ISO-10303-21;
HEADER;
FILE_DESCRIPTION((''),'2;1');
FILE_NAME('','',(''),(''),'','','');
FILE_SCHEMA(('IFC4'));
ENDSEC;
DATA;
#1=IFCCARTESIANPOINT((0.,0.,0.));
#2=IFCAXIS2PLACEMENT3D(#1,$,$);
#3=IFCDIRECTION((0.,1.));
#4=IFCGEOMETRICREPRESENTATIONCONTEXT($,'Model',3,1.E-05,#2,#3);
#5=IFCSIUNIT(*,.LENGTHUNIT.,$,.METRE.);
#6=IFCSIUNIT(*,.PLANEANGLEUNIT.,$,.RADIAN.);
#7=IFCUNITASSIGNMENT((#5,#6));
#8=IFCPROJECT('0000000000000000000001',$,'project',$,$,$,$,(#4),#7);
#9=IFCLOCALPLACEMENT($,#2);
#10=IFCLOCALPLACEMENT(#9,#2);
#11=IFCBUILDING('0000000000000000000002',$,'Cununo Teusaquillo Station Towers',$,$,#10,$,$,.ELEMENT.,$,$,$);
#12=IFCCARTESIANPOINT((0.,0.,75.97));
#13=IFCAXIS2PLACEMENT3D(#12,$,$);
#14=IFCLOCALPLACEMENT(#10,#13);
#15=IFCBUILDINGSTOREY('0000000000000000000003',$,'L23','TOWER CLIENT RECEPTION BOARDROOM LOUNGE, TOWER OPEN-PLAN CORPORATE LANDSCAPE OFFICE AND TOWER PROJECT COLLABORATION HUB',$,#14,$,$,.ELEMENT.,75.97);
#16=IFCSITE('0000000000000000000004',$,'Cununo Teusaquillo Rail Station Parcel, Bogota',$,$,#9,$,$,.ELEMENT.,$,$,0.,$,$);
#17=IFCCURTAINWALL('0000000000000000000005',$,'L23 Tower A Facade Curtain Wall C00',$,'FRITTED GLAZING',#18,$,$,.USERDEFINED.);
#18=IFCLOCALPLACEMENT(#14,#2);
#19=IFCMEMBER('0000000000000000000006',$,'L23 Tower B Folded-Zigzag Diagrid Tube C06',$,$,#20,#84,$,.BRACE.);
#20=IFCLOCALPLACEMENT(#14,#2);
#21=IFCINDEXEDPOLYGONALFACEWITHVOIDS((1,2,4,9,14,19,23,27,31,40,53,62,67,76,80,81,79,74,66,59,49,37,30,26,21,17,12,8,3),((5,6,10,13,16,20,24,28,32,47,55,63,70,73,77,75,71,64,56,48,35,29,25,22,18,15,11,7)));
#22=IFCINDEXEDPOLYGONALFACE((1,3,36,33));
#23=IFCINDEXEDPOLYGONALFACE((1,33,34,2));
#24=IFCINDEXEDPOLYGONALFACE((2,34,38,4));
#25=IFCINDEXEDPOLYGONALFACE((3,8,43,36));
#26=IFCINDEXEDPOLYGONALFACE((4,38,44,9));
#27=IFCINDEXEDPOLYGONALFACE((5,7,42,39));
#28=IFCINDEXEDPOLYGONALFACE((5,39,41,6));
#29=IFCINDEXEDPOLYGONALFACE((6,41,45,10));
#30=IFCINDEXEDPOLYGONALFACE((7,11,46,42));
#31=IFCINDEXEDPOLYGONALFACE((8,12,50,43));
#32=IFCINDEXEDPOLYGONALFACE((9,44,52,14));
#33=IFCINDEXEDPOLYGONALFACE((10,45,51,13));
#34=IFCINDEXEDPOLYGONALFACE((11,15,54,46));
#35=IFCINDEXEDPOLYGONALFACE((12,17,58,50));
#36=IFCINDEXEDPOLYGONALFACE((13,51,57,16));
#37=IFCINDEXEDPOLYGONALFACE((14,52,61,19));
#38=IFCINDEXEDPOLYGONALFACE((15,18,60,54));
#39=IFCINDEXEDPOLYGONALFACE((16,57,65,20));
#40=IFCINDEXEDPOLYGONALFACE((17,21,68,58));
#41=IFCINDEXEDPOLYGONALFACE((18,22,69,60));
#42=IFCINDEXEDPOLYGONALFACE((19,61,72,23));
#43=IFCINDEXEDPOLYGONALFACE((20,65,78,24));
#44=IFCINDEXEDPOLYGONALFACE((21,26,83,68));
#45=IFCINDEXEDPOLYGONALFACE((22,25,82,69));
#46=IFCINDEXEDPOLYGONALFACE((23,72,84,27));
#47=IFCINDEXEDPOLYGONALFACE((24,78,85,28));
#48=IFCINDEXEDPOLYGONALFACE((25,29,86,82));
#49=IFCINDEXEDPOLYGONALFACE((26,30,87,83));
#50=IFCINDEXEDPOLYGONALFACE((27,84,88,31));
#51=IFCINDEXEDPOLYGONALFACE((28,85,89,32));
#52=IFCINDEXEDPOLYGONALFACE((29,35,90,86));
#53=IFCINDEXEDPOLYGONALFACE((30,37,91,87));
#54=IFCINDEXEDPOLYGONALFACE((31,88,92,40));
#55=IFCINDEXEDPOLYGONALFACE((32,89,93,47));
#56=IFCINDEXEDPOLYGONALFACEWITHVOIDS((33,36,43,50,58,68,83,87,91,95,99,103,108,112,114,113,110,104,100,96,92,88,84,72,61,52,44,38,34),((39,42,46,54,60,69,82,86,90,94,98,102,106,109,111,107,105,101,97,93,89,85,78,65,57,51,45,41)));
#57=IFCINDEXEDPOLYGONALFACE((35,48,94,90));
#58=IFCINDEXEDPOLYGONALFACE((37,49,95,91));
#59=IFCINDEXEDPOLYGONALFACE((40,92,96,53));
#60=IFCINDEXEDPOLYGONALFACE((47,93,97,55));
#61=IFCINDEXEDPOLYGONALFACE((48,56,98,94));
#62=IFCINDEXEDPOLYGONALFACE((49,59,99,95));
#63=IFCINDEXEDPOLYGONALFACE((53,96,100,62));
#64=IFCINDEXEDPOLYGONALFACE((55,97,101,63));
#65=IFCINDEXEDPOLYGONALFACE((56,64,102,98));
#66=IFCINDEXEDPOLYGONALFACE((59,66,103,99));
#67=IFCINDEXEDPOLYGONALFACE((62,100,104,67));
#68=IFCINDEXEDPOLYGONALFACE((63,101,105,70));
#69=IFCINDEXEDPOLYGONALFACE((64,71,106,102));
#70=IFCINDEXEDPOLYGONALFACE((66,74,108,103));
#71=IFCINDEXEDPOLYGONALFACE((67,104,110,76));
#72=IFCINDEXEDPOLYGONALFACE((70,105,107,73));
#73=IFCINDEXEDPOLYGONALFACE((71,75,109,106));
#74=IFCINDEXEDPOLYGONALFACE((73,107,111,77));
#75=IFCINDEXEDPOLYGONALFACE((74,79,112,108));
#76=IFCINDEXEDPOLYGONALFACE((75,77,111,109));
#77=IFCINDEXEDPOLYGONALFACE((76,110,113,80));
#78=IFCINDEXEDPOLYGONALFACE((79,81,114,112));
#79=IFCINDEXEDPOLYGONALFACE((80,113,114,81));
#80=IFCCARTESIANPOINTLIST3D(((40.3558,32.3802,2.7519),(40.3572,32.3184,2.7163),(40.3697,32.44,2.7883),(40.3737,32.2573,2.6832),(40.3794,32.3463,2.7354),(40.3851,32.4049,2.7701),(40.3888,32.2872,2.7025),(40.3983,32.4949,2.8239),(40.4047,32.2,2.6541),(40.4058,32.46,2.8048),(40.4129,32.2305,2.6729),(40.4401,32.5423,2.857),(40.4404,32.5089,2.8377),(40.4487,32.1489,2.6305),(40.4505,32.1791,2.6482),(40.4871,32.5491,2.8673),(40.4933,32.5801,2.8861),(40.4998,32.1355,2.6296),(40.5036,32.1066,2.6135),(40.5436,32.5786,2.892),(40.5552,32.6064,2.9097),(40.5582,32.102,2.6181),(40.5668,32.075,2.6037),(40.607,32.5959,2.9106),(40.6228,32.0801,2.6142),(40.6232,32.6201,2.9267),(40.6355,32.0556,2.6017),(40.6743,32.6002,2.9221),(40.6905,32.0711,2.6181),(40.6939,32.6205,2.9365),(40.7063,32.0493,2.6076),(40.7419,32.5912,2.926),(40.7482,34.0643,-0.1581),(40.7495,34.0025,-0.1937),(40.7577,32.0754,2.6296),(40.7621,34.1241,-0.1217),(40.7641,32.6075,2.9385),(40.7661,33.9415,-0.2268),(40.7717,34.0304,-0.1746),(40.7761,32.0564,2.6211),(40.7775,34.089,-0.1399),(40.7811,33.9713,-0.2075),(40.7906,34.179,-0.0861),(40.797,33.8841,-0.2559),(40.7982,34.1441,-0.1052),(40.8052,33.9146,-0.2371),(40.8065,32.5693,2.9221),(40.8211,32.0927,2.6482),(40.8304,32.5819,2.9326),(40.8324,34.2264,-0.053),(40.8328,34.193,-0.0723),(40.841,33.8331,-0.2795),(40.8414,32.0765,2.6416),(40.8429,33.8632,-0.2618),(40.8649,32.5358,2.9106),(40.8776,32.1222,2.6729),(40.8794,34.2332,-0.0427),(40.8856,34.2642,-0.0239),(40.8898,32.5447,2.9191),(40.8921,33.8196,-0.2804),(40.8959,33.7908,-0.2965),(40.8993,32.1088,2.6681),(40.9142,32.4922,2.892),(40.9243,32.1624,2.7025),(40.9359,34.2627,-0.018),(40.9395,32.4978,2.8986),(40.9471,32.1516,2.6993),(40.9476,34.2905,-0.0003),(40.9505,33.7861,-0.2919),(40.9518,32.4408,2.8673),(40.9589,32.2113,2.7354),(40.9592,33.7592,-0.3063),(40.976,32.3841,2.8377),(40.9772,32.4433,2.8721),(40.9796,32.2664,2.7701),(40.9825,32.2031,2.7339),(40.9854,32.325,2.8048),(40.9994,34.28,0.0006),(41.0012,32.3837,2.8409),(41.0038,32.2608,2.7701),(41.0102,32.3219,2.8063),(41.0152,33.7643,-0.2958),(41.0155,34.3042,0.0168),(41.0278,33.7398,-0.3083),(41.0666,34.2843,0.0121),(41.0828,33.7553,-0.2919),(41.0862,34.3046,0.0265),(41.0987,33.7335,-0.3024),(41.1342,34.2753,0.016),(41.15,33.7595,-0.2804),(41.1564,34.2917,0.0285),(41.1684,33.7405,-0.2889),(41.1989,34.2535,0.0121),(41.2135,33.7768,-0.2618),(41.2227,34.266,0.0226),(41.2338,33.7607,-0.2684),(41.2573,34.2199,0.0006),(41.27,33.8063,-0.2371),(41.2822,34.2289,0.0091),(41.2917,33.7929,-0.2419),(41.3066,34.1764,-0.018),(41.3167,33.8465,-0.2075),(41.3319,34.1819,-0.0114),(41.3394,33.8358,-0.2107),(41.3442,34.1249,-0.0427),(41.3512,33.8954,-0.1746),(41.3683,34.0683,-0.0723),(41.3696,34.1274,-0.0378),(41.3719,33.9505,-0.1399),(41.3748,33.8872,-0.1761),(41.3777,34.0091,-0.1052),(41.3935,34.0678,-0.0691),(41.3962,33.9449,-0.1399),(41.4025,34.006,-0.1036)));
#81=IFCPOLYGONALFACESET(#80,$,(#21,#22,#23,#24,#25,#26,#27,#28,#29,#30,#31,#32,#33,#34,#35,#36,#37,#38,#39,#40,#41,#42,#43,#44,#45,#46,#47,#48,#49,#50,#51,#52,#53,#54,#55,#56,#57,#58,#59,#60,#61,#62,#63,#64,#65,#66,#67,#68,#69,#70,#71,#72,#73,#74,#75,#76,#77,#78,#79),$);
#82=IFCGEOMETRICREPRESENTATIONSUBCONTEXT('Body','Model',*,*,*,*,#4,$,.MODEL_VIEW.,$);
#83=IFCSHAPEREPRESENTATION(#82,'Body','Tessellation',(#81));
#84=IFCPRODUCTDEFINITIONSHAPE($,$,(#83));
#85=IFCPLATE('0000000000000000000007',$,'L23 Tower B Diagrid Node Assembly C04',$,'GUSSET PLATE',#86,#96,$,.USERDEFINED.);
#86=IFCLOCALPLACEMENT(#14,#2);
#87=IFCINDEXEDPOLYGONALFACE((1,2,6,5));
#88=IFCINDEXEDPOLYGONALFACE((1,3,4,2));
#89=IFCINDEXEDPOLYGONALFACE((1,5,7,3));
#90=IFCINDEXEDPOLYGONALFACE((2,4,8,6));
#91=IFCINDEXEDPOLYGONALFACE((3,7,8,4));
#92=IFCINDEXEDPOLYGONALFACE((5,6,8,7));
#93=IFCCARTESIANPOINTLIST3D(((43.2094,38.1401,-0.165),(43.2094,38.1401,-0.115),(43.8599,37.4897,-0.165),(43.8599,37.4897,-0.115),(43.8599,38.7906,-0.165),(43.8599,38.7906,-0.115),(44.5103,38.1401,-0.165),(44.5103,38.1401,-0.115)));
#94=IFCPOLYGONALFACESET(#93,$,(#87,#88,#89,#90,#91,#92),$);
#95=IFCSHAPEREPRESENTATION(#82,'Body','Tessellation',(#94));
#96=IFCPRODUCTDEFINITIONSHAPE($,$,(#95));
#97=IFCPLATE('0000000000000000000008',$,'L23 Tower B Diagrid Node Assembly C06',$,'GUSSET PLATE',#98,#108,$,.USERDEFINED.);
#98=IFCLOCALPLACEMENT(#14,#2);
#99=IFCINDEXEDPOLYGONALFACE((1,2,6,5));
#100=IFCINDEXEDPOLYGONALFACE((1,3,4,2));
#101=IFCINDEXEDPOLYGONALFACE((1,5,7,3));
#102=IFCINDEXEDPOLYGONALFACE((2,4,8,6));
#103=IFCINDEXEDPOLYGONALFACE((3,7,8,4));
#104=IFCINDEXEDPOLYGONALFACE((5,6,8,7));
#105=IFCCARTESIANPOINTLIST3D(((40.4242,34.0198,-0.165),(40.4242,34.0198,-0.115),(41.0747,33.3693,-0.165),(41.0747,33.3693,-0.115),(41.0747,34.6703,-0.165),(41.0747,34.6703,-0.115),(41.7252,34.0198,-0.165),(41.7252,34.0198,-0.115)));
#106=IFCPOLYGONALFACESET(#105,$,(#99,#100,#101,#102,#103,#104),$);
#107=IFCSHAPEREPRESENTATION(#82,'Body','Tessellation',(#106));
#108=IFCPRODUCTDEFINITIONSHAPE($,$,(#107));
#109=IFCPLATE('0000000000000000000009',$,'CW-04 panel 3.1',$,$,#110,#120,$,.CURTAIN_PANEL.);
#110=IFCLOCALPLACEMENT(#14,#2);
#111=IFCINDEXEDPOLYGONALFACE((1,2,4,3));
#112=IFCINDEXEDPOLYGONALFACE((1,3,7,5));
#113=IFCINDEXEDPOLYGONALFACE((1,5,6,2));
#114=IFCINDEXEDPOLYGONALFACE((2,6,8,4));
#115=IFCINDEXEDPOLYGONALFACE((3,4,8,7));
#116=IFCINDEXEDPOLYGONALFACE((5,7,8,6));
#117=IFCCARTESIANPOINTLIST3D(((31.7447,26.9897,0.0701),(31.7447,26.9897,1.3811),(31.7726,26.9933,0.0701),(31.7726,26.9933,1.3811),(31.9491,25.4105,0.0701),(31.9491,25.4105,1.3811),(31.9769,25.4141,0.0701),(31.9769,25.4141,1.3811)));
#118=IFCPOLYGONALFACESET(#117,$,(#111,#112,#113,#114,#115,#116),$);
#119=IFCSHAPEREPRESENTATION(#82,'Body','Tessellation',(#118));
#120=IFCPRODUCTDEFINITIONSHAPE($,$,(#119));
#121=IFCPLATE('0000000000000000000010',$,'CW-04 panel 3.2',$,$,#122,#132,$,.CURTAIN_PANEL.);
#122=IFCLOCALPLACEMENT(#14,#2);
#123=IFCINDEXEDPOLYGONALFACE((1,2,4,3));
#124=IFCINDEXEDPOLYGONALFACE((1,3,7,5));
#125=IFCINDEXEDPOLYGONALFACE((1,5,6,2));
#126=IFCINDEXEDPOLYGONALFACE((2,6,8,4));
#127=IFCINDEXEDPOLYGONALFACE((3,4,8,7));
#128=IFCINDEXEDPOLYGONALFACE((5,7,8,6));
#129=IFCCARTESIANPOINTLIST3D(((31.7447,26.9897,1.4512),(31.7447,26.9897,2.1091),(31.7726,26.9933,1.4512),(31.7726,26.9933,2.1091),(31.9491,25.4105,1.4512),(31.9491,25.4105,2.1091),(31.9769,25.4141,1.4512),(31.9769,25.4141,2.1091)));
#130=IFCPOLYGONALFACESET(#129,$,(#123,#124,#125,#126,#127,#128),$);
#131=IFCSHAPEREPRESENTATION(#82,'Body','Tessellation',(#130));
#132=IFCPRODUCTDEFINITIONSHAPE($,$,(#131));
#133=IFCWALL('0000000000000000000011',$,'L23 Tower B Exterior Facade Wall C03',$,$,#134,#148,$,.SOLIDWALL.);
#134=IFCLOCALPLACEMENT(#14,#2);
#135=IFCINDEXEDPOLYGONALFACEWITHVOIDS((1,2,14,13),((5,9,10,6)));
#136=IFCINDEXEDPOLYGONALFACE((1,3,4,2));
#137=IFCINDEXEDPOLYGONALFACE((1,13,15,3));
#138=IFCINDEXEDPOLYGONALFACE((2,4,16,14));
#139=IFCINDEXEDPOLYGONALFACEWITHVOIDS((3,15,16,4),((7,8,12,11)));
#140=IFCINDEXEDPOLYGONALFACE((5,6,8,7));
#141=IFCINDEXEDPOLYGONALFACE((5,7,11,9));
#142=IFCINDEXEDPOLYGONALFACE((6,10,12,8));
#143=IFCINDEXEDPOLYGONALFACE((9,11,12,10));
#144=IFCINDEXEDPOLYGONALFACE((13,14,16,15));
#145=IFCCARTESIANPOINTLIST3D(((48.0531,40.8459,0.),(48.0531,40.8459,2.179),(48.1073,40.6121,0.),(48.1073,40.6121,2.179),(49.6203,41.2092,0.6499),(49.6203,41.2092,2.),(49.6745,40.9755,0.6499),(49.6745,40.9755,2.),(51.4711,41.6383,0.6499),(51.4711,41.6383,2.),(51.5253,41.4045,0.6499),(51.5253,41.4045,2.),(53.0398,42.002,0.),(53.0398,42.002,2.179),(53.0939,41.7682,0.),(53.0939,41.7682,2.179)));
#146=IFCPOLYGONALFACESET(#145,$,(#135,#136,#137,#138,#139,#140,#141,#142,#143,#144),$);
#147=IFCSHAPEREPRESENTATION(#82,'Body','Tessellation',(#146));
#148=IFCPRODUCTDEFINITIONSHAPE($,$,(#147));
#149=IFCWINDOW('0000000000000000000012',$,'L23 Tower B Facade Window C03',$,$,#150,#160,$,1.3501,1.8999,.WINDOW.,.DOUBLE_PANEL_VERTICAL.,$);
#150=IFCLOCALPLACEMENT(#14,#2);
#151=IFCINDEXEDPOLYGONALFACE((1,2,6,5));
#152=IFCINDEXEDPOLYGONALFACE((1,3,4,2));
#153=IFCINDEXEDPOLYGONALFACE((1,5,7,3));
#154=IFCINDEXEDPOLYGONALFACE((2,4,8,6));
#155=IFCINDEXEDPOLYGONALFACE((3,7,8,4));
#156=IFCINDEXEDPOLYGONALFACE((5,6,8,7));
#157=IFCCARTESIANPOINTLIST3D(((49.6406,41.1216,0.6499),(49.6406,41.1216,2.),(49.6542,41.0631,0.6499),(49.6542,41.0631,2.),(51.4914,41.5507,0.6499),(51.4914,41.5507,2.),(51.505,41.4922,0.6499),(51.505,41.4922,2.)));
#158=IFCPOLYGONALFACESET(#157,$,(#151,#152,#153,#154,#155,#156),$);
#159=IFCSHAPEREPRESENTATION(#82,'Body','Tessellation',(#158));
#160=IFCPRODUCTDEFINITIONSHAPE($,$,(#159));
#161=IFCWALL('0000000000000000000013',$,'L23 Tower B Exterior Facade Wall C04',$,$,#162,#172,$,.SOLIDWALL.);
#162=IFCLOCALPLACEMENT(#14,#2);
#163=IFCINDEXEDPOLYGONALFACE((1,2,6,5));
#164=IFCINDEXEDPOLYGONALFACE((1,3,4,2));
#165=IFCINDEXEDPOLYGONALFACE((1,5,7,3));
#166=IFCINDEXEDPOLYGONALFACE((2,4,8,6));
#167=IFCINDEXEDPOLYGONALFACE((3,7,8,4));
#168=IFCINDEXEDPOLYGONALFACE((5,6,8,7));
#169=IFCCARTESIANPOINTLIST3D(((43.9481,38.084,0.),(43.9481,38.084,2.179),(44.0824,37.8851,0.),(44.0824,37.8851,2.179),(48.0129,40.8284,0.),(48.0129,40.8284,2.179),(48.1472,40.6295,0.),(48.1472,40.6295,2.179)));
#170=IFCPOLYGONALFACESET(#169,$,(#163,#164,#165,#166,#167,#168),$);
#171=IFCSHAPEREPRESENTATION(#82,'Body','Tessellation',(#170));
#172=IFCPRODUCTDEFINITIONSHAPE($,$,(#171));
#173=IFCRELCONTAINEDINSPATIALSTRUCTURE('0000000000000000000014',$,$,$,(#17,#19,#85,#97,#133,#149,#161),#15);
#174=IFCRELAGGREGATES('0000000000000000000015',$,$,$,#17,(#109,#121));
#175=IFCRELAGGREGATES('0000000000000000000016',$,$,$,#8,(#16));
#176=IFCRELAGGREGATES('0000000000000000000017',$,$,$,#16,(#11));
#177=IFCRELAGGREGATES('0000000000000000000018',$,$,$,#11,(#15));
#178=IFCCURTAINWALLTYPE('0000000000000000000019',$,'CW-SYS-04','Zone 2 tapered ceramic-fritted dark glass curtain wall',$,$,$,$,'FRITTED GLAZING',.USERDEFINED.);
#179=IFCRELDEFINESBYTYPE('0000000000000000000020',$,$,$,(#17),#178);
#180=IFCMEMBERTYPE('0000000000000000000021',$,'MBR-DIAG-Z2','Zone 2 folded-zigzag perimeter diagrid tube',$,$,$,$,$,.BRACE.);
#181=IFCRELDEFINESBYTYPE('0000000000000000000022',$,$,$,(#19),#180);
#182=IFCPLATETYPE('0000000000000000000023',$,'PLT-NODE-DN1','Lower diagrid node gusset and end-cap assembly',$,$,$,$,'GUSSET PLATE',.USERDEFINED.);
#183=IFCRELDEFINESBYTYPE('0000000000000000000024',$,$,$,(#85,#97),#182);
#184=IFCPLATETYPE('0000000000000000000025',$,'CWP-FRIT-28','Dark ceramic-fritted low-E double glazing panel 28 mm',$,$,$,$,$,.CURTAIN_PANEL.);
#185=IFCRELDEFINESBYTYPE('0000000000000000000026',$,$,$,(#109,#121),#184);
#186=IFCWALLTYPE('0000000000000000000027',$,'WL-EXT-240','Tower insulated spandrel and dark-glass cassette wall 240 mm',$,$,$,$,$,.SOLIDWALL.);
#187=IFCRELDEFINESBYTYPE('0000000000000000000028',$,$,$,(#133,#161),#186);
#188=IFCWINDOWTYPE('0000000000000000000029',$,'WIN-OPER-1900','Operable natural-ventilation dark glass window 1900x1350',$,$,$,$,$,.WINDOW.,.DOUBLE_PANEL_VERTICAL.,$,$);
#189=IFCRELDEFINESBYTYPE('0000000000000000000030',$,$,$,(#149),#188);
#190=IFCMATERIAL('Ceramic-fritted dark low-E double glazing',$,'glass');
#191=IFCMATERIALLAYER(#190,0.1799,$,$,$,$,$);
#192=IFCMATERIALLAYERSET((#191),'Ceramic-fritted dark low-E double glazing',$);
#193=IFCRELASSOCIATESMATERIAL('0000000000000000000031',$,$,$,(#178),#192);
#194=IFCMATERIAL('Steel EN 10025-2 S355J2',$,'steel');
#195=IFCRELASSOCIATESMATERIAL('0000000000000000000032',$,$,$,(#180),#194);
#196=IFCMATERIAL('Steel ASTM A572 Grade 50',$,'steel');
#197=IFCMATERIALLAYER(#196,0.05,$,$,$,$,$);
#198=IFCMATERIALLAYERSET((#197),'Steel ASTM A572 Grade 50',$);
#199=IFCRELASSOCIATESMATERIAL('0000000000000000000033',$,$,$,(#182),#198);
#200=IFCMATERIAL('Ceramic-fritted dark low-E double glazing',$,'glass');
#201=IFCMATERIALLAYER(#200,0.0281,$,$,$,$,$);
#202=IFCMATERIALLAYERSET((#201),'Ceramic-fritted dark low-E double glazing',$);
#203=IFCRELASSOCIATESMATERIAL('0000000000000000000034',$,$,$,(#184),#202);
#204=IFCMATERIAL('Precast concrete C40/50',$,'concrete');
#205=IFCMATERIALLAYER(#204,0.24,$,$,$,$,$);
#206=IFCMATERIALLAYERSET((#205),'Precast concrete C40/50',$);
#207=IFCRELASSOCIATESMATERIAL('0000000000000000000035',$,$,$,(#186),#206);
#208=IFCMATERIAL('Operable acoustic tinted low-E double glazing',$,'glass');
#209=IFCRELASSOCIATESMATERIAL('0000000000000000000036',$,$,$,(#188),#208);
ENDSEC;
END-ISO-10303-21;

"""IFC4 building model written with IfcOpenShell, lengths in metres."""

from ifc_helpers import new_model, si_unit, direction, frame, frame_2d, origin, origin_2d, place, context, subcontext, project, spatial, rectangle, hollow_circle, extrude, source, transform, mapped, material, layer, layer_set, material_profile, profile_set, type_object, element, fill, aggregate, save


model = new_model("IFC4")

# Units and contexts
model_context = context("Model", 3, precision=1e-05, world=origin(), true_north=direction((0.0, 1.0)))
body_context = subcontext(model_context, "Body", "Model", "MODEL_VIEW")
ifc_project = project(units=[si_unit("LENGTHUNIT", "METRE"), si_unit("PLANEANGLEUNIT", "RADIAN")], contexts=[model_context])

# Site, building, storey
site_placement = place(None, origin())
site = spatial("IfcSite", under=ifc_project, at=site_placement, Name="Cununo Teusaquillo Rail Station Parcel, Bogota", CompositionType="ELEMENT", RefElevation=0.0)
building_placement = place(site_placement, origin())
building = spatial("IfcBuilding", under=site, at=building_placement, Name="Cununo Teusaquillo Station Towers", CompositionType="ELEMENT")
storey_placement = place(building_placement, frame((0.0, 0.0, 75.97)))
storey = spatial("IfcBuildingStorey", under=building, at=storey_placement, Name="L23", Description="TOWER CLIENT RECEPTION BOARDROOM LOUNGE, TOWER OPEN-PLAN CORPORATE LANDSCAPE OFFICE AND TOWER PROJECT COLLABORATION HUB", CompositionType="ELEMENT", Elevation=75.97)

# Curtain wall
ifc_material_1 = material(Name="Ceramic-fritted dark low-E double glazing", Category="glass")
ifc_layer_1 = layer(ifc_material_1, 0.1799)
ifc_layer_set_1 = layer_set([ifc_layer_1], Name="Ceramic-fritted dark low-E double glazing")
curtain_wall_type = type_object("IfcCurtainWallType", Name="CW-SYS-04", Description="Zone 2 tapered ceramic-fritted dark glass curtain wall", ElementType="FRITTED GLAZING", PredefinedType="USERDEFINED", material=ifc_layer_set_1)
curtain_wall_placement = place(storey_placement, origin())
curtain_wall = element("IfcCurtainWall", 1, at=curtain_wall_placement, inside=storey, type_object=curtain_wall_type, Name="L23 Tower A Facade Curtain Wall C00", ObjectType="FRITTED GLAZING", PredefinedType="USERDEFINED")

# Member
ifc_material_2 = material(Name="Steel EN 10025-2 S355J2", Category="steel")
ifc_material_profile_1 = material_profile(ifc_material_2, hollow_circle(Radius=0.3301, WallThickness=0.0249, at=origin_2d()), Name="CHS 660x25")
ifc_profile_set_1 = profile_set([ifc_material_profile_1], Name="Steel EN 10025-2 S355J2")
member_type_1 = type_object("IfcMemberType", Name="MBR-DIAG-Z2", Description="Zone 2 folded-zigzag perimeter diagrid tube", PredefinedType="BRACE", material=ifc_profile_set_1)
member_1_placement = place(storey_placement, frame((41.0747, 34.0198, -0.1399), z_axis=(-0.115907, -0.497526, 0.859671), x_axis=(0.97392, -0.22689, 0.0)))
element("IfcMember", 2, at=member_1_placement, inside=storey, type_object=member_type_1, Name="L23 Tower B Folded-Zigzag Diagrid Tube C06", PredefinedType="BRACE", context=body_context, shape_type="SweptSolid", body=[
    extrude(hollow_circle(Radius=0.3301, WallThickness=0.0249, at=origin_2d()), origin(), (0.0, 0.0, 1.0), 3.385),
])

# Plates
ifc_material_3 = material(Name="Steel ASTM A572 Grade 50", Category="steel")
ifc_layer_2 = layer(ifc_material_3, 0.05)
ifc_layer_set_2 = layer_set([ifc_layer_2], Name="Steel ASTM A572 Grade 50")
plate_type_1 = type_object("IfcPlateType", Name="PLT-NODE-DN1", Description="Lower diagrid node gusset and end-cap assembly", ElementType="GUSSET PLATE", PredefinedType="USERDEFINED", material=ifc_layer_set_2)
shared_shape_1 = source(origin(), body_context, "Body", "SweptSolid", [
    extrude(rectangle(XDim=0.9199, YDim=0.9199, at=origin_2d()), origin(), (0.0, 0.0, 1.0), 0.05),
])
for number, where, z_axis, x_axis, name in (
    (3, (43.8599, 38.1401, -0.165), (0.0, 0.0, 1.0), (0.707107, 0.707107, 0.0), "L23 Tower B Diagrid Node Assembly C04"),
    (4, (41.0747, 34.0198, -0.165), (0.0, 0.0, 1.0), (0.707107, 0.707107, 0.0), "L23 Tower B Diagrid Node Assembly C06"),
):
    element("IfcPlate", number, at=place(storey_placement, frame(where, z_axis=z_axis, x_axis=x_axis)), inside=storey, type_object=plate_type_1, Name=name, ObjectType="GUSSET PLATE", PredefinedType="USERDEFINED", context=body_context, shape_type="MappedRepresentation", body=[
        mapped(shared_shape_1, transform((0.0, 0.0, 0.0), x_axis=(1.0, 0.0, 0.0), y_axis=(0.0, 1.0, 0.0), z_axis=(0.0, 0.0, 1.0), scale=1.0)),
    ])

# Plates
ifc_material_4 = material(Name="Ceramic-fritted dark low-E double glazing", Category="glass")
ifc_layer_3 = layer(ifc_material_4, 0.0281)
ifc_layer_set_3 = layer_set([ifc_layer_3], Name="Ceramic-fritted dark low-E double glazing")
plate_type_2 = type_object("IfcPlateType", Name="CWP-FRIT-28", Description="Dark ceramic-fritted low-E double glazing panel 28 mm", PredefinedType="CURTAIN_PANEL", material=ifc_layer_set_3)
shared_shape_2 = source(origin(), body_context, "Body", "SweptSolid", [
    extrude(rectangle(XDim=1.5923, YDim=0.0281, at=origin_2d()), origin(), (0.0, 0.0, 1.0), 1.311),
])
plate_1_placement = place(storey_placement, frame((31.8608, 26.2019, 0.0701), z_axis=(0.0, 0.0, 1.0), x_axis=(0.128336, -0.991731, 0.0)))
plate_1 = element("IfcPlate", 5, at=plate_1_placement, type_object=plate_type_2, Name="CW-04 panel 3.1", PredefinedType="CURTAIN_PANEL", context=body_context, shape_type="MappedRepresentation", body=[
    mapped(shared_shape_2, transform((0.0, 0.0, 0.0), x_axis=(1.0, 0.0, 0.0), y_axis=(0.0, 1.0, 0.0), z_axis=(0.0, 0.0, 1.0), scale=1.0)),
])
shared_shape_3 = source(origin(), body_context, "Body", "SweptSolid", [
    extrude(rectangle(XDim=1.5923, YDim=0.0281, at=origin_2d()), origin(), (0.0, 0.0, 1.0), 0.658),
])
plate_2_placement = place(storey_placement, frame((31.8608, 26.2019, 1.4512), z_axis=(0.0, 0.0, 1.0), x_axis=(0.128336, -0.991731, 0.0)))
plate_2 = element("IfcPlate", 6, at=plate_2_placement, type_object=plate_type_2, Name="CW-04 panel 3.2", PredefinedType="CURTAIN_PANEL", context=body_context, shape_type="MappedRepresentation", body=[
    mapped(shared_shape_3, transform((0.0, 0.0, 0.0), x_axis=(1.0, 0.0, 0.0), y_axis=(0.0, 1.0, 0.0), z_axis=(0.0, 0.0, 1.0), scale=1.0)),
])
aggregate(curtain_wall, [plate_1, plate_2])

# Wall, opening, window
ifc_material_5 = material(Name="Precast concrete C40/50", Category="concrete")
ifc_layer_4 = layer(ifc_material_5, 0.24)
ifc_layer_set_4 = layer_set([ifc_layer_4], Name="Precast concrete C40/50")
wall_type_1 = type_object("IfcWallType", Name="WL-EXT-240", Description="Tower insulated spandrel and dark-glass cassette wall 240 mm", PredefinedType="SOLIDWALL", material=ifc_layer_set_4)
wall_1_placement = place(storey_placement, frame((48.0801, 40.729, 0.0), z_axis=(0.0, 0.0, 1.0), x_axis=(0.974166, 0.225835, 0.0)))
wall_1 = element("IfcWall", 7, at=wall_1_placement, inside=storey, type_object=wall_type_1, Name="L23 Tower B Exterior Facade Wall C03", PredefinedType="SOLIDWALL", context=body_context, shape_type="SweptSolid", body=[
    extrude(rectangle(XDim=5.1189, YDim=0.24, at=frame_2d((2.5596, 0.0))), origin(), (0.0, 0.0, 1.0), 2.179),
])
shared_shape_4 = source(origin(), body_context, "Body", "SweptSolid", [
    extrude(rectangle(XDim=1.8999, YDim=1.3501, at=frame_2d((0.95, 0.675))), frame((0.0, 0.1299, 0.0), z_axis=(0.0, -1.0, 0.0), x_axis=(1.0, 0.0, 0.0)), (0.0, 0.0, 1.0), 0.26),
])
opening_1_placement = place(wall_1_placement, frame((1.6089, 0.0, 0.6499)))
opening_1 = element("IfcOpeningElement", 8, at=opening_1_placement, cuts=wall_1, PredefinedType="OPENING", context=body_context, shape_type="MappedRepresentation", body=[
    mapped(shared_shape_4, transform((0.0, 0.0, 0.0), x_axis=(1.0, 0.0, 0.0), y_axis=(0.0, 1.0, 0.0), z_axis=(0.0, 0.0, 1.0), scale=1.0)),
])
ifc_material_6 = material(Name="Operable acoustic tinted low-E double glazing", Category="glass")
window_type = type_object("IfcWindowType", Name="WIN-OPER-1900", Description="Operable natural-ventilation dark glass window 1900x1350", PartitioningType="DOUBLE_PANEL_VERTICAL", PredefinedType="WINDOW", material=ifc_material_6)
shared_shape_5 = source(origin(), body_context, "Body", "SweptSolid", [
    extrude(rectangle(XDim=1.8999, YDim=1.3501, at=frame_2d((0.95, 0.675))), frame((0.0, 0.03, 0.0), z_axis=(0.0, -1.0, 0.0), x_axis=(1.0, 0.0, 0.0)), (0.0, 0.0, 1.0), 0.0601),
])
window_1_placement = place(opening_1_placement, origin())
window_1 = element("IfcWindow", 9, at=window_1_placement, inside=storey, type_object=window_type, Name="L23 Tower B Facade Window C03", OverallHeight=1.3501, OverallWidth=1.8999, PartitioningType="DOUBLE_PANEL_VERTICAL", PredefinedType="WINDOW", context=body_context, shape_type="MappedRepresentation", body=[
    mapped(shared_shape_5, transform((0.0, 0.0, 0.0), x_axis=(1.0, 0.0, 0.0), y_axis=(0.0, 1.0, 0.0), z_axis=(0.0, 0.0, 1.0), scale=1.0)),
])
fill(opening_1, window_1)

# Wall
wall_2_placement = place(storey_placement, frame((44.0154, 37.9846, 0.0), z_axis=(0.0, 0.0, 1.0), x_axis=(0.828781, 0.559573, 0.0)))
element("IfcWall", 10, at=wall_2_placement, inside=storey, type_object=wall_type_1, Name="L23 Tower B Exterior Facade Wall C04", PredefinedType="SOLIDWALL", context=body_context, shape_type="SweptSolid", body=[
    extrude(rectangle(XDim=4.9045, YDim=0.24, at=frame_2d((2.4521, 0.0))), origin(), (0.0, 0.0, 1.0), 2.179),
])

save(model, "model.ifc")
